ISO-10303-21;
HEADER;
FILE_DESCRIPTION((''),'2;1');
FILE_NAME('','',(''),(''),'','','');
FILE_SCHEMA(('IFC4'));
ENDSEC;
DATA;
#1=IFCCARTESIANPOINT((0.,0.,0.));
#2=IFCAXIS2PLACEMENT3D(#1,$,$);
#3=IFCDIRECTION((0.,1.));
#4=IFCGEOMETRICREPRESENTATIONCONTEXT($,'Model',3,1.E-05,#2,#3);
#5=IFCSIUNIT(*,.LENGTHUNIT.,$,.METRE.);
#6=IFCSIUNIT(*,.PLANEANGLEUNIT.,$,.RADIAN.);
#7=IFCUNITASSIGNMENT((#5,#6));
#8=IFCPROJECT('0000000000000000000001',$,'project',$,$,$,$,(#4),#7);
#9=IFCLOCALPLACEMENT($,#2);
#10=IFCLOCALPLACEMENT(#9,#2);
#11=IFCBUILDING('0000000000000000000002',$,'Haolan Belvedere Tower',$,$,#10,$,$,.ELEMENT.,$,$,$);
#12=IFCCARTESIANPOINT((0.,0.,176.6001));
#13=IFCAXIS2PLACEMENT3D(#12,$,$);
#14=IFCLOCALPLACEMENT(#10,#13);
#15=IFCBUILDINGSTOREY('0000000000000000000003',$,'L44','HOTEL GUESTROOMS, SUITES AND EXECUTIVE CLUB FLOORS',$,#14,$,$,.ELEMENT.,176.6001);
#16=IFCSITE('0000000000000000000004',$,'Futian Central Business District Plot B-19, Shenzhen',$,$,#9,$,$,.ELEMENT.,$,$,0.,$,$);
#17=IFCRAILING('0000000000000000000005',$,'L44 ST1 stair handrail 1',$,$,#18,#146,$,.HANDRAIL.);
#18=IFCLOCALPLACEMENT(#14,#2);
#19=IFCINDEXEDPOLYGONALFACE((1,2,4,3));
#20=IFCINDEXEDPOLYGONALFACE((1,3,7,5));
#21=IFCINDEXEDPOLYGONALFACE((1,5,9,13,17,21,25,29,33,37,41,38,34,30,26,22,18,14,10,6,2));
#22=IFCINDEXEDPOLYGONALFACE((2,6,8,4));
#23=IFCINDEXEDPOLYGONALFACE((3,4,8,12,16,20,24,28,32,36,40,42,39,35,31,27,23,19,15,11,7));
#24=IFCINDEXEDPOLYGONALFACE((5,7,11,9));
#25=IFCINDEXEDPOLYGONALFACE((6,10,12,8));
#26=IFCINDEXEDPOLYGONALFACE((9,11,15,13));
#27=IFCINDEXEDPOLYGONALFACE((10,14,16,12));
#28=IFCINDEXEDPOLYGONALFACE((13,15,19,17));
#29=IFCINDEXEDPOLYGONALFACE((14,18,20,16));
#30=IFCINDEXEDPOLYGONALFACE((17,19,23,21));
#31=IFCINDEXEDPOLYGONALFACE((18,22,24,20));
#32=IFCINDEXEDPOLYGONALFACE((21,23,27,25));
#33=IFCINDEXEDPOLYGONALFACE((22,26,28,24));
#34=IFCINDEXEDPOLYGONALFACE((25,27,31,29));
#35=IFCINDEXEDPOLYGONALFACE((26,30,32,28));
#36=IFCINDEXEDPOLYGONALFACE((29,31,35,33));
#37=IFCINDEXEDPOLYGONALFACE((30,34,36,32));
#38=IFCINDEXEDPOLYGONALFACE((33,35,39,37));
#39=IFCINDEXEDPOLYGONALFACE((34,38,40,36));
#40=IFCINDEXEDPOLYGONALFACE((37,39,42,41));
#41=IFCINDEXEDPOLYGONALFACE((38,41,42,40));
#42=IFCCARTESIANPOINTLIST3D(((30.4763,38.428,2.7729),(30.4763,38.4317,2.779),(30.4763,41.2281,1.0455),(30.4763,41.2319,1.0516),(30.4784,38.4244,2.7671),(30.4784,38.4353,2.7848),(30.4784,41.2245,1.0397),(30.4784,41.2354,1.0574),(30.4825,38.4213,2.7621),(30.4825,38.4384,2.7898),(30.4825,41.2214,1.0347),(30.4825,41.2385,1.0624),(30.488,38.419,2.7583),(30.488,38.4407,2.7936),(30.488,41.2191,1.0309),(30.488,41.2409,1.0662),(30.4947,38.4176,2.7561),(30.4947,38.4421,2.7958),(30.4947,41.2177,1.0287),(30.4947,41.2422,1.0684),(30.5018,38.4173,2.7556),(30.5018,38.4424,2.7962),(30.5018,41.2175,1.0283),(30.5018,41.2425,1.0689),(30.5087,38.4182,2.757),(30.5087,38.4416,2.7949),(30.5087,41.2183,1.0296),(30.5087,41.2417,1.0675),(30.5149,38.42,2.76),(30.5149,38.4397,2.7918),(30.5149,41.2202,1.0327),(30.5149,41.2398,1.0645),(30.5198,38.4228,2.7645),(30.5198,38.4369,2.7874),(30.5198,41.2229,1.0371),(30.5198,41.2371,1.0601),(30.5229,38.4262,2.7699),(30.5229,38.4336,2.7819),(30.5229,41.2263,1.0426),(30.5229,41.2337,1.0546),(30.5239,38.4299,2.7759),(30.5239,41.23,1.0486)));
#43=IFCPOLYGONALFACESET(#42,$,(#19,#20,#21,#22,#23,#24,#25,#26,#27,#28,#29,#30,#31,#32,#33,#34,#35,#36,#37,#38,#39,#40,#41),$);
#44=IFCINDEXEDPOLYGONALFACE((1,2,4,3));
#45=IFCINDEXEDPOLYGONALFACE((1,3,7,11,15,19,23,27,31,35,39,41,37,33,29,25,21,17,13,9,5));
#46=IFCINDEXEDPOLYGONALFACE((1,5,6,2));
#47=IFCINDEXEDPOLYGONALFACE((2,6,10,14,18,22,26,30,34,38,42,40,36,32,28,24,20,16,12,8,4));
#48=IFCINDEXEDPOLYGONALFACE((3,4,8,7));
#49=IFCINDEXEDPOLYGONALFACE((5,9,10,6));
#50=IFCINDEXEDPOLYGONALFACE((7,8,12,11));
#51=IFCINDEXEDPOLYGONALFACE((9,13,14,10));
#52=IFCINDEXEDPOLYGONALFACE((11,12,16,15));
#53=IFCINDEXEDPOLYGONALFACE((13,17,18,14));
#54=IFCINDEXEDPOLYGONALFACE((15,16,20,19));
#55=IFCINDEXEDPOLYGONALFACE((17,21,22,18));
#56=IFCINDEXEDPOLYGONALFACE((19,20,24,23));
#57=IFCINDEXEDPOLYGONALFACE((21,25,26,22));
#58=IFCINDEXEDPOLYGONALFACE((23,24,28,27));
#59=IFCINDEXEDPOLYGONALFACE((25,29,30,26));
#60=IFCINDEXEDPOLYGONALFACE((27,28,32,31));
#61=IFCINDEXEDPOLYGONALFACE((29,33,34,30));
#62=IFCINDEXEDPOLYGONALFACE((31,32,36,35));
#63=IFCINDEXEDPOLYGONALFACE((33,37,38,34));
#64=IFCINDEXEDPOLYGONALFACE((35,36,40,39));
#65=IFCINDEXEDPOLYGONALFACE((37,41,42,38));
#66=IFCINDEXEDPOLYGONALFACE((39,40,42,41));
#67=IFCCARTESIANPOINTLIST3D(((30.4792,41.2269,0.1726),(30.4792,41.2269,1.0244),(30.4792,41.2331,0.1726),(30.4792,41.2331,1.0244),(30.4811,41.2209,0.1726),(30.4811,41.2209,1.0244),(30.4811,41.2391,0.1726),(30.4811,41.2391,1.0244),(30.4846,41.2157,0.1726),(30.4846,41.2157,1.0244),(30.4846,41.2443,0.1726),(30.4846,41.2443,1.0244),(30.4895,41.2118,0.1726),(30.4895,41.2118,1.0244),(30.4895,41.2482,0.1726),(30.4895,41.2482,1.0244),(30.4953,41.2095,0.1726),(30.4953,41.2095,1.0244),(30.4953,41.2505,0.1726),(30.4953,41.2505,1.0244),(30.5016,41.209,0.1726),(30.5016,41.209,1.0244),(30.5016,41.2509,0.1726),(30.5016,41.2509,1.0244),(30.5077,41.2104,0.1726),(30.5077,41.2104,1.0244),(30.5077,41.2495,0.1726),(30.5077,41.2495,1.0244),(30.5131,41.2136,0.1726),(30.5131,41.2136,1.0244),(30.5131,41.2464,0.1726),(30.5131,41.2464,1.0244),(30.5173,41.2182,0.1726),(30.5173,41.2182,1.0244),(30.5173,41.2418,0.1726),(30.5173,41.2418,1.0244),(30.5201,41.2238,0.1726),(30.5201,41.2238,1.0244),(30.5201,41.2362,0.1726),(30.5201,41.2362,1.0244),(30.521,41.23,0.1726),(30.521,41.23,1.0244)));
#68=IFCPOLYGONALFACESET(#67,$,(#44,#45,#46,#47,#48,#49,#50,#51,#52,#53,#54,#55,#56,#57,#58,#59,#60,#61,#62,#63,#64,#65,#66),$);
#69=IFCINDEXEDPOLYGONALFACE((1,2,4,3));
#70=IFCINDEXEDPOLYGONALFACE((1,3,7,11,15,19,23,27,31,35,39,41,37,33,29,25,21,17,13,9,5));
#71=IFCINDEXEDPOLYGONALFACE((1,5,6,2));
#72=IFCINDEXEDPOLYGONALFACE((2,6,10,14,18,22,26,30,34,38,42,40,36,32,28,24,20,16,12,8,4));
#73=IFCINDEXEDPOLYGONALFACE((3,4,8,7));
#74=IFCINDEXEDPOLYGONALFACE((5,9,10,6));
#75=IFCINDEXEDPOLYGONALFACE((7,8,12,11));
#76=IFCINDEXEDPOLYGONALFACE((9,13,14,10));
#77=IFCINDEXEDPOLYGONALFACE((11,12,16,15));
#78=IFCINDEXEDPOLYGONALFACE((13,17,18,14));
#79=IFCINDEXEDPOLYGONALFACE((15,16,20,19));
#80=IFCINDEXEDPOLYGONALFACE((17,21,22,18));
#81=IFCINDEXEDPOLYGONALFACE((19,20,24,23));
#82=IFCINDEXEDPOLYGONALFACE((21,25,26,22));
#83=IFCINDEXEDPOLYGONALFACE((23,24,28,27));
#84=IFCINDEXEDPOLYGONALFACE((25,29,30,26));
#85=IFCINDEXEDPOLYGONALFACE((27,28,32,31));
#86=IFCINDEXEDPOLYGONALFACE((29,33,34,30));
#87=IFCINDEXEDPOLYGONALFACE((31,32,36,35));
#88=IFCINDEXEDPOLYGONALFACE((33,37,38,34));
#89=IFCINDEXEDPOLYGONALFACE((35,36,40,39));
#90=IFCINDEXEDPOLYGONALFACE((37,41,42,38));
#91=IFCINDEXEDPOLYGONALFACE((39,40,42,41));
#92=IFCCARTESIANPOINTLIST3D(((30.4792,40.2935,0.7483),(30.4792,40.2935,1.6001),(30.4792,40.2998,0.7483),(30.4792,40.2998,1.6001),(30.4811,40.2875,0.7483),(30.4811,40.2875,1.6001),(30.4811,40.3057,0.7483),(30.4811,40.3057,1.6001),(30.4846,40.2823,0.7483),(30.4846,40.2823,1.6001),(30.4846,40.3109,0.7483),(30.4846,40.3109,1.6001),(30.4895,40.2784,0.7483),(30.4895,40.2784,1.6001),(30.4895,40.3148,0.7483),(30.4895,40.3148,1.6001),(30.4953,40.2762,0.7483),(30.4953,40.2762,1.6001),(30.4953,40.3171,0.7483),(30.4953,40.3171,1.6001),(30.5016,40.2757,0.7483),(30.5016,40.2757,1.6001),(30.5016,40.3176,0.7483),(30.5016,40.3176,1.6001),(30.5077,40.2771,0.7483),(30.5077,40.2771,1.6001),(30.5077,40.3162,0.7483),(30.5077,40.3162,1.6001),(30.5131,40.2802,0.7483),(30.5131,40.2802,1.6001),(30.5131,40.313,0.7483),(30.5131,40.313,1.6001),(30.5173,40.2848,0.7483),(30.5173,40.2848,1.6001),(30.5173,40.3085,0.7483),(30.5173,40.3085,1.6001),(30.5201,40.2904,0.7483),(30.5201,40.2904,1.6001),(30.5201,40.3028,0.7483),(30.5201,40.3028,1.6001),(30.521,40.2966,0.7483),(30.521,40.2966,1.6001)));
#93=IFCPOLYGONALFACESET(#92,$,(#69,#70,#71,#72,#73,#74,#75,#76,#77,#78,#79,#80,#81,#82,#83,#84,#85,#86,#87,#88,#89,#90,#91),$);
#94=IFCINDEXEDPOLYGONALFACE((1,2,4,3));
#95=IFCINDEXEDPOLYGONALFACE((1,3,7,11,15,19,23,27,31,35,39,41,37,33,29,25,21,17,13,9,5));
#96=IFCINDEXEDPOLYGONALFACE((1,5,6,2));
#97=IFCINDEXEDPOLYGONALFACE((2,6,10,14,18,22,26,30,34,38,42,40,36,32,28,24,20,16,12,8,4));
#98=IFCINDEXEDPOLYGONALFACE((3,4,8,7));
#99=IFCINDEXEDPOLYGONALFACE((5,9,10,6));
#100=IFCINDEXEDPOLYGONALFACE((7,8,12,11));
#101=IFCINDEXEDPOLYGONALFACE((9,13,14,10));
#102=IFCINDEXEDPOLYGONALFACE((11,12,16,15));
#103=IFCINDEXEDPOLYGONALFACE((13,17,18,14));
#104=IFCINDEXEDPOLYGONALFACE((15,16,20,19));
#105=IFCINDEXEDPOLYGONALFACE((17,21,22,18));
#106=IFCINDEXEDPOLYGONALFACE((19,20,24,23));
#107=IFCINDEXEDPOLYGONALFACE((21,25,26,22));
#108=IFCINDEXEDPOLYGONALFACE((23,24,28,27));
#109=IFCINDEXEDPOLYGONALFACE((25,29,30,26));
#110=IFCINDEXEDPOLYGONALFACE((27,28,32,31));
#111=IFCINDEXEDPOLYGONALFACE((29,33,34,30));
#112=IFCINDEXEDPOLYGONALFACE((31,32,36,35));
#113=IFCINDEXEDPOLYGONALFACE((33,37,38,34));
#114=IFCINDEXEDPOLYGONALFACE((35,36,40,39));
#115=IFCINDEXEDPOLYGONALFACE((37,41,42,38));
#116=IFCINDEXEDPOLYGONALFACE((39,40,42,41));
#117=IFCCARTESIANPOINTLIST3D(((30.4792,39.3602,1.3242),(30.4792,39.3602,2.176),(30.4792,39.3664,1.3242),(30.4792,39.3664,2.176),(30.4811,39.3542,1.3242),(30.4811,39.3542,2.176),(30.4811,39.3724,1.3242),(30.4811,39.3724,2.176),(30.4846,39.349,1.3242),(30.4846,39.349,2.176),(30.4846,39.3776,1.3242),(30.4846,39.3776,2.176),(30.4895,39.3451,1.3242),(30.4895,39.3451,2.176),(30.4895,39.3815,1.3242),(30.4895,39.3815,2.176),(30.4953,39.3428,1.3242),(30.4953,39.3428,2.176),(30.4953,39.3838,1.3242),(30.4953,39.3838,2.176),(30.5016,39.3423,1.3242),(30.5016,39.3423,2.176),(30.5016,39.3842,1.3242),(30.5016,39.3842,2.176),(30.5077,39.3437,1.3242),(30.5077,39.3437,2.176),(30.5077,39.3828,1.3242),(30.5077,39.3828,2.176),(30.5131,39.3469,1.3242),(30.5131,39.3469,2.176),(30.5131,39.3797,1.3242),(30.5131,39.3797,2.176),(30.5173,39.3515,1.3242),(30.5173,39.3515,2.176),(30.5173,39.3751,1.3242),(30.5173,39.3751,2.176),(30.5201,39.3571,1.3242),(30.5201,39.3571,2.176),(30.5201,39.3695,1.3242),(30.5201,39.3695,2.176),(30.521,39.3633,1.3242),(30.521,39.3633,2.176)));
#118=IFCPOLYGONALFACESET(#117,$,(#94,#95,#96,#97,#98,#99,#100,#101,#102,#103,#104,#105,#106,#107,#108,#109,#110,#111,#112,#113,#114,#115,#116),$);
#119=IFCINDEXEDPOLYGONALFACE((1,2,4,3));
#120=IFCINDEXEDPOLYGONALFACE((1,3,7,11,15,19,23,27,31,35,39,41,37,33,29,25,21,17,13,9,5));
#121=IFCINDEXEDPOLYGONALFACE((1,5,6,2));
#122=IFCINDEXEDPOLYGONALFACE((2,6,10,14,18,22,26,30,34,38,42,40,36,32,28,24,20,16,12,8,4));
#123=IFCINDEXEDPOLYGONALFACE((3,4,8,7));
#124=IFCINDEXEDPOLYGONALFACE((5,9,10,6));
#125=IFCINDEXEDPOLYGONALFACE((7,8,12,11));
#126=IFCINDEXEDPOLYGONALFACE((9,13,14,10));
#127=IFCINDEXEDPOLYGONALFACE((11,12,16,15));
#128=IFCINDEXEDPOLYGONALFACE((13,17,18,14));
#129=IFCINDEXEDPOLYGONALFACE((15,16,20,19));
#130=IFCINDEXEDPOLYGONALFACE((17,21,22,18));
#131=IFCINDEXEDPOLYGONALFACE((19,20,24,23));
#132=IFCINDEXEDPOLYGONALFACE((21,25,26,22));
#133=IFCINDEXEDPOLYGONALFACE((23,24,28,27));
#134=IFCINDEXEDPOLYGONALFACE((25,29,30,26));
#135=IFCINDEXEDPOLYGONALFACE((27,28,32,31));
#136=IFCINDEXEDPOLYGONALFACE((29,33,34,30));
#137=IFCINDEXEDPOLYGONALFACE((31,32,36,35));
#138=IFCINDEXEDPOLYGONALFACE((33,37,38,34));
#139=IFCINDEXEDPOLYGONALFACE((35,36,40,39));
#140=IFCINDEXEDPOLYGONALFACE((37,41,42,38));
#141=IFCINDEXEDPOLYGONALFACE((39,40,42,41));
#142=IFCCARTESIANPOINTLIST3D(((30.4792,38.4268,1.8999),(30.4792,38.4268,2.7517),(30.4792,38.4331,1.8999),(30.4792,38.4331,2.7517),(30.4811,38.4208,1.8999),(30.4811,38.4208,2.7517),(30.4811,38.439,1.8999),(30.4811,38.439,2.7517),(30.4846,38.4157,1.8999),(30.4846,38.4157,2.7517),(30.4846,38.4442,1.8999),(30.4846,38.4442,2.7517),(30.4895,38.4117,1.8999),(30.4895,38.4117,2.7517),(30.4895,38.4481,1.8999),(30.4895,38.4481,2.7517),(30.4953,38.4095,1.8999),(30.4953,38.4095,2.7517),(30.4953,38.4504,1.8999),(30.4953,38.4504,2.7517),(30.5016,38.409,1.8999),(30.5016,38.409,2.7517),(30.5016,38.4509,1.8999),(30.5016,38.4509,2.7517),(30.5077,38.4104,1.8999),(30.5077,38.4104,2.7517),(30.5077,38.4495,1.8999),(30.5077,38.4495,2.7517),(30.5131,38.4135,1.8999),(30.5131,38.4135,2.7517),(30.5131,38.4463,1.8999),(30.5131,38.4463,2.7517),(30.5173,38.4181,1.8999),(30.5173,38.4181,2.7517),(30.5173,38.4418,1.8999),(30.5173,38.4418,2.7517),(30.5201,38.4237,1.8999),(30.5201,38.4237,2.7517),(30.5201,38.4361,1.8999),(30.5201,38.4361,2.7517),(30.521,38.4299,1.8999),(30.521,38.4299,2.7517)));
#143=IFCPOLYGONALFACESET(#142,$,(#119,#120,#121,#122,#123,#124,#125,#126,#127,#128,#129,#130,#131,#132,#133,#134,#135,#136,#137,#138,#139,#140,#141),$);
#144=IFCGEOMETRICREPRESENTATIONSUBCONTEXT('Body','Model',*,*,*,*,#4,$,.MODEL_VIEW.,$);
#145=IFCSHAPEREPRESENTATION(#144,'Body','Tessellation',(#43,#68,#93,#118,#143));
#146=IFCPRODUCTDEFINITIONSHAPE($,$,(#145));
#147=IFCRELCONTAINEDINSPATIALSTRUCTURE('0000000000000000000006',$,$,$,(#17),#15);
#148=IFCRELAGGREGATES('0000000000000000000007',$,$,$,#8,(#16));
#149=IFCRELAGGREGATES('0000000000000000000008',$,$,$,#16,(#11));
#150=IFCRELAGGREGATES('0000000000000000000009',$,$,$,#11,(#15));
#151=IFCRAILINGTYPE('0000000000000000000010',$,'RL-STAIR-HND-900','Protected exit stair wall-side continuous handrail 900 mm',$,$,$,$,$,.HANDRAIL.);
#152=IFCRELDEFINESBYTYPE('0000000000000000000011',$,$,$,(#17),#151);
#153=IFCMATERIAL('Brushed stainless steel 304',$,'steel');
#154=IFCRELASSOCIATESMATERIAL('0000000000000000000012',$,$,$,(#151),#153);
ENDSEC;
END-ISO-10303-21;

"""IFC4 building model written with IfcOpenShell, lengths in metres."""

from ifc_helpers import new_model, si_unit, direction, frame, origin, origin_2d, place, context, subcontext, project, spatial, circle, extrude, material, type_object, element, save


model = new_model("IFC4")

# Units and contexts
model_context = context("Model", 3, precision=1e-05, world=origin(), true_north=direction((0.0, 1.0)))
body_context = subcontext(model_context, "Body", "Model", "MODEL_VIEW")
ifc_project = project(units=[si_unit("LENGTHUNIT", "METRE"), si_unit("PLANEANGLEUNIT", "RADIAN")], contexts=[model_context])

# Site, building, storey
site_placement = place(None, origin())
site = spatial("IfcSite", under=ifc_project, at=site_placement, Name="Futian Central Business District Plot B-19, Shenzhen", CompositionType="ELEMENT", RefElevation=0.0)
building_placement = place(site_placement, origin())
building = spatial("IfcBuilding", under=site, at=building_placement, Name="Haolan Belvedere Tower", CompositionType="ELEMENT")
storey_placement = place(building_placement, frame((0.0, 0.0, 176.6001)))
storey = spatial("IfcBuildingStorey", under=building, at=storey_placement, Name="L44", Description="HOTEL GUESTROOMS, SUITES AND EXECUTIVE CLUB FLOORS", CompositionType="ELEMENT", Elevation=176.6001)

# Railing
ifc_material_1 = material(Name="Brushed stainless steel 304", Category="steel")
railing_type_1 = type_object("IfcRailingType", Name="RL-STAIR-HND-900", Description="Protected exit stair wall-side continuous handrail 900 mm", PredefinedType="HANDRAIL", material=ifc_material_1)
railing_1_placement = place(storey_placement, frame((30.5, 41.23, 0.1726)))
element("IfcRailing", 1, at=railing_1_placement, inside=storey, type_object=railing_type_1, Name="L44 ST1 stair handrail 1", PredefinedType="HANDRAIL", context=body_context, shape_type="SweptSolid", body=[
    extrude(circle(Radius=0.0239, at=origin_2d()), frame((0.0, 0.0, 0.876), z_axis=(0.0, -0.85109, 0.52502), x_axis=(1.0, 0.0, 0.0)), (0.0, 0.0, 1.0), 3.29),
    extrude(circle(Radius=0.021, at=origin_2d()), origin(), (0.0, 0.0, 1.0), 0.8518),
    extrude(circle(Radius=0.021, at=origin_2d()), frame((0.0, -0.9333, 0.5757)), (0.0, 0.0, 1.0), 0.8518),
    extrude(circle(Radius=0.021, at=origin_2d()), frame((0.0, -1.8667, 1.1516)), (0.0, 0.0, 1.0), 0.8518),
    extrude(circle(Radius=0.021, at=origin_2d()), frame((0.0, -2.8, 1.7273)), (0.0, 0.0, 1.0), 0.8518),
])

save(model, "model.ifc")
